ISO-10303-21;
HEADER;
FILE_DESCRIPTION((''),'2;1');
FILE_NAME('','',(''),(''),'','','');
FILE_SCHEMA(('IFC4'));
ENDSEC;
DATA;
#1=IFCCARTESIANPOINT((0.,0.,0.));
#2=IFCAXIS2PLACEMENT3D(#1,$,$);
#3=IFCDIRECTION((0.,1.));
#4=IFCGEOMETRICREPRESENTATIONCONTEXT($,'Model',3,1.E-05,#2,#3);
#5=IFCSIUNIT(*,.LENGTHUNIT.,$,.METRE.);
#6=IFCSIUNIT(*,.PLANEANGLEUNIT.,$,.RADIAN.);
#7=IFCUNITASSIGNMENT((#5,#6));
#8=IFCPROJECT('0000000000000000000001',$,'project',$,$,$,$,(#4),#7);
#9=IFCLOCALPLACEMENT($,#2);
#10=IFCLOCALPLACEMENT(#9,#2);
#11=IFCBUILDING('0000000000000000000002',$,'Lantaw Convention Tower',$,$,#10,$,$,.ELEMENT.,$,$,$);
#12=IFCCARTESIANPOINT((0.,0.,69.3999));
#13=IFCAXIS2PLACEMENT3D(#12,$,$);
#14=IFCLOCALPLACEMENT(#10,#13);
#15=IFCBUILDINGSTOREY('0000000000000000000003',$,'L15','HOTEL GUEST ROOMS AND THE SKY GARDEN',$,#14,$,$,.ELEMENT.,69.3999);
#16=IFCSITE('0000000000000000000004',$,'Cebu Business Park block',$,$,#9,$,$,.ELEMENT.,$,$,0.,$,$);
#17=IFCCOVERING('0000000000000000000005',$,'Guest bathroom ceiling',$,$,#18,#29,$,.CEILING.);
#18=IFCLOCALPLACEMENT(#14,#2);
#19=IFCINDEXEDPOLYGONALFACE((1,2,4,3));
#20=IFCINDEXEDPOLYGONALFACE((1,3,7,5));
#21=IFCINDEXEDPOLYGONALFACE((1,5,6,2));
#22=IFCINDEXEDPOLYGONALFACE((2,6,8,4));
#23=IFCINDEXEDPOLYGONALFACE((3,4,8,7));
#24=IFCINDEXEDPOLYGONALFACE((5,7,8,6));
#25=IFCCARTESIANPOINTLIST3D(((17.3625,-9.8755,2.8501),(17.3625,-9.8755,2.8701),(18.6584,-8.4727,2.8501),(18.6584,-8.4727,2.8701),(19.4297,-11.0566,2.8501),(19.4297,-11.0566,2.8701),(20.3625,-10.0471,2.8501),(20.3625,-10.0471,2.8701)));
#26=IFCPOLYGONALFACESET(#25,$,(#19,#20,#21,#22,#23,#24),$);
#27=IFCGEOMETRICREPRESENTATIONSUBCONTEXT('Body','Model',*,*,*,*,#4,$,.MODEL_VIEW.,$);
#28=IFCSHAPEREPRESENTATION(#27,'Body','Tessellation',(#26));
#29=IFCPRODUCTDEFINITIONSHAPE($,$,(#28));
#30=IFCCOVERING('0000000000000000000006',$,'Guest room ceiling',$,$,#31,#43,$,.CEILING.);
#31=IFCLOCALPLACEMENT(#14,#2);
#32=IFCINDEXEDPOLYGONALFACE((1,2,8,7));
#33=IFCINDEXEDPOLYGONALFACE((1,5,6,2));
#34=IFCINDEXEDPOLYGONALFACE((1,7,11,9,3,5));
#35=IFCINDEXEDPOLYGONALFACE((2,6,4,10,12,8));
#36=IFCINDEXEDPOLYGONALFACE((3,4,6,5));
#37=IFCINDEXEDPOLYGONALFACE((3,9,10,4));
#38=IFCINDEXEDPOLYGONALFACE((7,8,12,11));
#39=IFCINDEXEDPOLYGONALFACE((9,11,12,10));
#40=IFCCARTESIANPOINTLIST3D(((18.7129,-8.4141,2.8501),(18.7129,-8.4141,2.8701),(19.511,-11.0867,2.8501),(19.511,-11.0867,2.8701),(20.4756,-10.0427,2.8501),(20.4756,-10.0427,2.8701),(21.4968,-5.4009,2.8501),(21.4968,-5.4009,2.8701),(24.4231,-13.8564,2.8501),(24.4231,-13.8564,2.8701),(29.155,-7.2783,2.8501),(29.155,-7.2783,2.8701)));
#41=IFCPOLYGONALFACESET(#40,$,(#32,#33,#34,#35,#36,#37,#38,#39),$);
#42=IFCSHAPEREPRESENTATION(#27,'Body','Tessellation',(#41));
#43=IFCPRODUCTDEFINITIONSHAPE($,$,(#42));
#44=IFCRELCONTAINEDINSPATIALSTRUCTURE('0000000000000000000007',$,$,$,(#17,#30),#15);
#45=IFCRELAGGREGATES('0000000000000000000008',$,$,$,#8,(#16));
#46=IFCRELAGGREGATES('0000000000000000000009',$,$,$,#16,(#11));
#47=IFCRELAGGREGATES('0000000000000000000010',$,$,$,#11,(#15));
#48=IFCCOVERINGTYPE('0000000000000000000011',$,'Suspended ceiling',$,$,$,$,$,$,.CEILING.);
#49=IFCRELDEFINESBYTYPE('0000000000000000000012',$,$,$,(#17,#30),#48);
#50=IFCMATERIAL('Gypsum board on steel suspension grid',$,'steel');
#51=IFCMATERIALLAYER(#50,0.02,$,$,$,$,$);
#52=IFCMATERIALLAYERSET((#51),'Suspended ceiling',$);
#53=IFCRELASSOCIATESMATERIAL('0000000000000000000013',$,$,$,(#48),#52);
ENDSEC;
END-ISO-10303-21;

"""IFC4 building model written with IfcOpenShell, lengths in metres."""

from ifc_helpers import new_model, si_unit, direction, frame, origin, place, context, subcontext, project, spatial, polyline, outline, extrude, material, layer, layer_set, type_object, element, save


model = new_model("IFC4")

# Units and contexts
model_context = context("Model", 3, precision=1e-05, world=origin(), true_north=direction((0.0, 1.0)))
body_context = subcontext(model_context, "Body", "Model", "MODEL_VIEW")
ifc_project = project(units=[si_unit("LENGTHUNIT", "METRE"), si_unit("PLANEANGLEUNIT", "RADIAN")], contexts=[model_context])

# Site, building, storey
site_placement = place(None, origin())
site = spatial("IfcSite", under=ifc_project, at=site_placement, Name="Cebu Business Park block", CompositionType="ELEMENT", RefElevation=0.0)
building_placement = place(site_placement, origin())
building = spatial("IfcBuilding", under=site, at=building_placement, Name="Lantaw Convention Tower", CompositionType="ELEMENT")
storey_placement = place(building_placement, frame((0.0, 0.0, 69.3999)))
storey = spatial("IfcBuildingStorey", under=building, at=storey_placement, Name="L15", Description="HOTEL GUEST ROOMS AND THE SKY GARDEN", CompositionType="ELEMENT", Elevation=69.3999)

# Coverings
ifc_material_1 = material(Name="Gypsum board on steel suspension grid", Category="steel")
ifc_layer_1 = layer(ifc_material_1, 0.02)
ifc_layer_set_1 = layer_set([ifc_layer_1], Name="Suspended ceiling")
covering_type = type_object("IfcCoveringType", Name="Suspended ceiling", PredefinedType="CEILING", material=ifc_layer_set_1)
covering_1_placement = place(storey_placement, frame((0.0, 0.0, 2.8501)))
element("IfcCovering", 1, at=covering_1_placement, inside=storey, type_object=covering_type, Name="Guest bathroom ceiling", PredefinedType="CEILING", context=body_context, shape_type="SweptSolid", body=[
    extrude(outline(polyline([(17.3625, -9.8755), (19.4297, -11.0566), (20.3625, -10.0471), (18.6584, -8.4727), (17.3625, -9.8755)])), origin(), (0.0, 0.0, 1.0), 0.02),
])
covering_2_placement = place(storey_placement, frame((0.0, 0.0, 2.8501)))
element("IfcCovering", 2, at=covering_2_placement, inside=storey, type_object=covering_type, Name="Guest room ceiling", PredefinedType="CEILING", context=body_context, shape_type="SweptSolid", body=[
    extrude(outline(polyline([(21.4968, -5.4009), (18.7129, -8.4141), (20.4756, -10.0427), (19.511, -11.0867), (24.4231, -13.8564), (29.155, -7.2783), (21.4968, -5.4009)])), origin(), (0.0, 0.0, 1.0), 0.02),
])

save(model, "model.ifc")
